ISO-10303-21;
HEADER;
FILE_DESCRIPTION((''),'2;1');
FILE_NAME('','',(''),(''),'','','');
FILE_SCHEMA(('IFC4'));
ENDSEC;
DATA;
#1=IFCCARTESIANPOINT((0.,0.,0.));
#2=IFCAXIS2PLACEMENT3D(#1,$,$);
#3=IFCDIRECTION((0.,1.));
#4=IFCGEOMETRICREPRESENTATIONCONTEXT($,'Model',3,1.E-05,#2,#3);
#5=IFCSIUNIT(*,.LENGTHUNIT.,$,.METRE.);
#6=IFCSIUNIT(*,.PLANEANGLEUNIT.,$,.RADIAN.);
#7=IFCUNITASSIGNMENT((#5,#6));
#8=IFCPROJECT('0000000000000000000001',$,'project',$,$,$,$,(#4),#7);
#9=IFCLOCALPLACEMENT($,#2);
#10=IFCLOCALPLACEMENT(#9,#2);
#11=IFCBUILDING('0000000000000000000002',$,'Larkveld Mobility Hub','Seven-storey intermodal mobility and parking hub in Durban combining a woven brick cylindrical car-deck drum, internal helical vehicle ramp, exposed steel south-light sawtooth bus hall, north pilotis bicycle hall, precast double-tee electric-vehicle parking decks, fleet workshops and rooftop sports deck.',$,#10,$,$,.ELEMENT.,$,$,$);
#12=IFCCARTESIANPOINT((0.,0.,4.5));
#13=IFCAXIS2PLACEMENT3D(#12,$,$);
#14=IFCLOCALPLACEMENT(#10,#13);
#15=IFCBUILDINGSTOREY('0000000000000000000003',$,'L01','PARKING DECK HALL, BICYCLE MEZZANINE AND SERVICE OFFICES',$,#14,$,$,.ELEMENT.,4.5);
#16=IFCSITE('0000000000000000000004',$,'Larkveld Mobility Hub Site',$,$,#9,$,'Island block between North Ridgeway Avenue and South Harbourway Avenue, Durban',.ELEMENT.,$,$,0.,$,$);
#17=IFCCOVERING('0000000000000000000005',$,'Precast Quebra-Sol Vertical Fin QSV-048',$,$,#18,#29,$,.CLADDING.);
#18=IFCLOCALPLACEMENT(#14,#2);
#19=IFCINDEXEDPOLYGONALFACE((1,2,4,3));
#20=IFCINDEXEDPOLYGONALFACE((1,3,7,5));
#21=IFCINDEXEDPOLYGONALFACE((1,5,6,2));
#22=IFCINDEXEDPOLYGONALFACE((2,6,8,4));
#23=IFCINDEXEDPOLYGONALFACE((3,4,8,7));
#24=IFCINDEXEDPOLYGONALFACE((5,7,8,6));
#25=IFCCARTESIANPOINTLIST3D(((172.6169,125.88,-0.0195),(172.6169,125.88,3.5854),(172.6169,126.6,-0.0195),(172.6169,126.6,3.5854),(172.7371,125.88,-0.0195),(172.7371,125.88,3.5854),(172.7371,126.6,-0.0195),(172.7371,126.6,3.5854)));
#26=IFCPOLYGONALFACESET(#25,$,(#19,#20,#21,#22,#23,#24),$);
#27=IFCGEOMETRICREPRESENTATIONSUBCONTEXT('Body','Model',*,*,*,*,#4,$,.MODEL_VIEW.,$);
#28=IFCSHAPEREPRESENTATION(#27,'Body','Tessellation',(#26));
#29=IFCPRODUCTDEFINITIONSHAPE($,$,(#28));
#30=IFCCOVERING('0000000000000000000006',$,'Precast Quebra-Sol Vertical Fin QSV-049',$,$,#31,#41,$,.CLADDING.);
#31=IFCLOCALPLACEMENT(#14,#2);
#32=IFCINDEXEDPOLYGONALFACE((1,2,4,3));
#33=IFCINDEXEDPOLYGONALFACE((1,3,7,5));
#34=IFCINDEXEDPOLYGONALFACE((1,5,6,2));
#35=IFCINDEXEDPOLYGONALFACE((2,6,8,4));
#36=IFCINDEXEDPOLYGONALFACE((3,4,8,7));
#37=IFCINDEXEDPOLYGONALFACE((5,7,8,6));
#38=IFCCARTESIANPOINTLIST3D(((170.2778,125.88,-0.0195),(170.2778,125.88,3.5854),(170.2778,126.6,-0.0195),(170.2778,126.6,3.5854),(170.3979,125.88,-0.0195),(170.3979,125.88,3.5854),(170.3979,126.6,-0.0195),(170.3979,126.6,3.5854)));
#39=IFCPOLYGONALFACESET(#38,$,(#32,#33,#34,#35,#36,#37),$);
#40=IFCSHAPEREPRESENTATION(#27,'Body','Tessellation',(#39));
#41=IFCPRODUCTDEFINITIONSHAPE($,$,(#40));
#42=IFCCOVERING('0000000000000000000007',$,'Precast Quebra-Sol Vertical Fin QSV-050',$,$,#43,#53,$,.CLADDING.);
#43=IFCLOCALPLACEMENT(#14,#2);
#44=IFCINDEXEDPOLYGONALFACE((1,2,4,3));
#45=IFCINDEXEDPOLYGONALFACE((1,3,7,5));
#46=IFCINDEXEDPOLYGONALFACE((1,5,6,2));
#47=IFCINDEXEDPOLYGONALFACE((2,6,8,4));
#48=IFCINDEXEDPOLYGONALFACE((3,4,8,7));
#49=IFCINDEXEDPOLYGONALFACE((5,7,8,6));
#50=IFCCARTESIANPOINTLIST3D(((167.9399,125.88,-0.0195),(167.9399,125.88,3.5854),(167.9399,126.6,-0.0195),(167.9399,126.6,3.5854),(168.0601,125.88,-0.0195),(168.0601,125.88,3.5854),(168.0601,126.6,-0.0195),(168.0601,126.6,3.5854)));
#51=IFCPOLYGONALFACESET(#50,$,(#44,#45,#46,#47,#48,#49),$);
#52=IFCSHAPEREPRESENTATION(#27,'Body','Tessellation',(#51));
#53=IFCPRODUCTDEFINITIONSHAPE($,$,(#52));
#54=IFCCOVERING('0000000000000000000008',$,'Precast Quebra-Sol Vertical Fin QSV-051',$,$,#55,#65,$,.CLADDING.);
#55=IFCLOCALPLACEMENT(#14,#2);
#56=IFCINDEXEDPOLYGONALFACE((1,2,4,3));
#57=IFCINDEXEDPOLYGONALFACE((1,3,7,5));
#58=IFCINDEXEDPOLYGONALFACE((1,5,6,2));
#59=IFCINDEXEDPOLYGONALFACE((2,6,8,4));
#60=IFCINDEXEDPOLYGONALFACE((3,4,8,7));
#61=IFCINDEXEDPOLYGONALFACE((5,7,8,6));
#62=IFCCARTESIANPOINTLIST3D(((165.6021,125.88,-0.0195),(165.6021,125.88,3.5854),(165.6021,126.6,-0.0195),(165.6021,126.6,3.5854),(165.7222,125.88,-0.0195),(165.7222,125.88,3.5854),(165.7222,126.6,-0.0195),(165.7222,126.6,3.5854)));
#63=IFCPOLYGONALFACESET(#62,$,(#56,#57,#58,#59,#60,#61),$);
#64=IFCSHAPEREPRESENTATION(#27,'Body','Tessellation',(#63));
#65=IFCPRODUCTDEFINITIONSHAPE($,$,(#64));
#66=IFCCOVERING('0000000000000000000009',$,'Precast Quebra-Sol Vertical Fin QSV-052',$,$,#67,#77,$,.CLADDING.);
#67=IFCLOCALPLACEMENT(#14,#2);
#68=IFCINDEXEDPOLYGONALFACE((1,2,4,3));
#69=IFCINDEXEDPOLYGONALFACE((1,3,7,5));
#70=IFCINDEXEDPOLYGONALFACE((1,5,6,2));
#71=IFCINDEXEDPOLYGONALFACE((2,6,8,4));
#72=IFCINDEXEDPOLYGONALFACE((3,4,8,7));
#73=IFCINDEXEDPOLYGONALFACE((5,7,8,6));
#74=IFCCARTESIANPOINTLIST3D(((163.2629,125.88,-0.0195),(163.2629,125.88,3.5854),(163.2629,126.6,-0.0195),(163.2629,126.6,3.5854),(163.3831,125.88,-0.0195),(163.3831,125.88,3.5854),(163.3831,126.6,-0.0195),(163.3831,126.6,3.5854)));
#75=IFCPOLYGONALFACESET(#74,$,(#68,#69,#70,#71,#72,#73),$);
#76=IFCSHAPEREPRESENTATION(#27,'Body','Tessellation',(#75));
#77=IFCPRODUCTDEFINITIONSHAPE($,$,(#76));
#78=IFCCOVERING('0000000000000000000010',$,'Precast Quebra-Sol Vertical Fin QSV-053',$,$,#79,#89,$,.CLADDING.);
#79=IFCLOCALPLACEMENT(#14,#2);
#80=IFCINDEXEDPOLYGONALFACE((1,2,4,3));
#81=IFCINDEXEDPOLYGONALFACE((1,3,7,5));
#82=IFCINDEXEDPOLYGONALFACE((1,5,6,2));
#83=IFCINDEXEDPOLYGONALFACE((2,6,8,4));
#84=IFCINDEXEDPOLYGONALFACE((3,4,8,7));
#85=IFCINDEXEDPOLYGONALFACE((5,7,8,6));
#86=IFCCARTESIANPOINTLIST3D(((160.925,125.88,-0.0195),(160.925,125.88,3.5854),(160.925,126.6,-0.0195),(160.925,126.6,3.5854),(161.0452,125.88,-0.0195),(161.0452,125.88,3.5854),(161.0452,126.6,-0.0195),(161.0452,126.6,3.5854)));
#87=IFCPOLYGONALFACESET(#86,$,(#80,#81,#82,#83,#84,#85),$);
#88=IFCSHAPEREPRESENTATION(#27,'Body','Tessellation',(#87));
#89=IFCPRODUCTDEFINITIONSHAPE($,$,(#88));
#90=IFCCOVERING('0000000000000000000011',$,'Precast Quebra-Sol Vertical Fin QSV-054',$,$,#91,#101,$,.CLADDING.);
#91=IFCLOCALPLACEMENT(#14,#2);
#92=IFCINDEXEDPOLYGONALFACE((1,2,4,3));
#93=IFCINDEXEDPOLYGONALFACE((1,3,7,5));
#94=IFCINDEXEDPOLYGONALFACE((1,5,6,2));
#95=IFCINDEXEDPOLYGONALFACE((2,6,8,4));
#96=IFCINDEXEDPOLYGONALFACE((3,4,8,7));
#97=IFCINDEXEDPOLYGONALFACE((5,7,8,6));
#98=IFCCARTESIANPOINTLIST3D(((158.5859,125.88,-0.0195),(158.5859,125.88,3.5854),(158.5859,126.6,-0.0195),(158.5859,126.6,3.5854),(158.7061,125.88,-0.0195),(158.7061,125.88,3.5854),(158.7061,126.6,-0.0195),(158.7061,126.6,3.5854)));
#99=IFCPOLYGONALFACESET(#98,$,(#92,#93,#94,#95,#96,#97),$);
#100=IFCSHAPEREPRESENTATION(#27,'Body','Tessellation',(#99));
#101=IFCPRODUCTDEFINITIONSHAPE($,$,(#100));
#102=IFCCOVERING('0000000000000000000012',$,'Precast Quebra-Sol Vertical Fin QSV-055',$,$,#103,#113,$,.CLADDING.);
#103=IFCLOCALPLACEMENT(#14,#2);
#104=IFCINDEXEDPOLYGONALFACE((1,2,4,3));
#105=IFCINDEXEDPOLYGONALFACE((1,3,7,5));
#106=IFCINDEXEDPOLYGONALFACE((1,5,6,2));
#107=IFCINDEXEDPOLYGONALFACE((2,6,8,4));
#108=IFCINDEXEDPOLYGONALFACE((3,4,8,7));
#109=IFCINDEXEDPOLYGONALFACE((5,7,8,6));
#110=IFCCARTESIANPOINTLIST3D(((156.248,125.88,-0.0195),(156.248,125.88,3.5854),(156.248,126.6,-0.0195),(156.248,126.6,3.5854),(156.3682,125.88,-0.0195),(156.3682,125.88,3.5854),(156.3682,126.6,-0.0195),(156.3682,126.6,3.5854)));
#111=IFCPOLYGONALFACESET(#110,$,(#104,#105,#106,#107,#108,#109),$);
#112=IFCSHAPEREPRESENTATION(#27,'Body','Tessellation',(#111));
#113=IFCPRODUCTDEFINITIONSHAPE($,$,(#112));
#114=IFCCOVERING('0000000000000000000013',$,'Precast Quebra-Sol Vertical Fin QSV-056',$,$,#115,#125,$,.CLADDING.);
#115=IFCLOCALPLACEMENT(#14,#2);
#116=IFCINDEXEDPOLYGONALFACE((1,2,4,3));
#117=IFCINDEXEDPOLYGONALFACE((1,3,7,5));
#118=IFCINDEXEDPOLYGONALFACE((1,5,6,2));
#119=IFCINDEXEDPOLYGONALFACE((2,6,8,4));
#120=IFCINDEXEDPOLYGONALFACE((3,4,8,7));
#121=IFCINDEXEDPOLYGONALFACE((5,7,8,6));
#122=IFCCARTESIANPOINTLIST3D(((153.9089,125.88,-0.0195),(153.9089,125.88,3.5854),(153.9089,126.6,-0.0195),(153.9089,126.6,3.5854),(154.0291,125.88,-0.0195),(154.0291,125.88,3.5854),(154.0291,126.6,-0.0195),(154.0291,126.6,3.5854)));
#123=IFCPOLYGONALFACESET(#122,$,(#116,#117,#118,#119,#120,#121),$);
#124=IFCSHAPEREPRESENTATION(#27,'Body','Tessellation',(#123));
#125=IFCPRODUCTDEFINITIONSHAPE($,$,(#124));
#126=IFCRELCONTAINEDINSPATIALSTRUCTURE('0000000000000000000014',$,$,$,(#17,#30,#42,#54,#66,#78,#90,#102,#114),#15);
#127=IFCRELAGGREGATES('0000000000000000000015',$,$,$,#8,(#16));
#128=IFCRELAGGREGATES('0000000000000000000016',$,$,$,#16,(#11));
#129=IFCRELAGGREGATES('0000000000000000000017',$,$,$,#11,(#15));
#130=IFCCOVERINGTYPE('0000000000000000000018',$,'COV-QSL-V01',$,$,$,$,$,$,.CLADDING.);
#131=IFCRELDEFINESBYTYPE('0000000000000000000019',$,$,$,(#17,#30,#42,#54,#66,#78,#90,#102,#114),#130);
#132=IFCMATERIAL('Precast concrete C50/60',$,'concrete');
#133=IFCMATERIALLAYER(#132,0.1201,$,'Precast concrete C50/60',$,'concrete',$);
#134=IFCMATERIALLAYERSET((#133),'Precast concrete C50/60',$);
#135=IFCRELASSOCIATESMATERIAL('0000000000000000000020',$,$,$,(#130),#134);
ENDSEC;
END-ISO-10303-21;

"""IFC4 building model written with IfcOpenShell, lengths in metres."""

from ifc_helpers import new_model, si_unit, direction, frame, origin, origin_2d, place, context, subcontext, project, spatial, rectangle, extrude, material, layer, layer_set, type_object, element, save


model = new_model("IFC4")

# Units and contexts
model_context = context("Model", 3, precision=1e-05, world=origin(), true_north=direction((0.0, 1.0)))
body_context = subcontext(model_context, "Body", "Model", "MODEL_VIEW")
ifc_project = project(units=[si_unit("LENGTHUNIT", "METRE"), si_unit("PLANEANGLEUNIT", "RADIAN")], contexts=[model_context])

# Site, building, storey
site_placement = place(None, origin())
site = spatial("IfcSite", under=ifc_project, at=site_placement, Name="Larkveld Mobility Hub Site", LongName="Island block between North Ridgeway Avenue and South Harbourway Avenue, Durban", CompositionType="ELEMENT", RefElevation=0.0)
building_placement = place(site_placement, origin())
building = spatial("IfcBuilding", under=site, at=building_placement, Name="Larkveld Mobility Hub", Description="Seven-storey intermodal mobility and parking hub in Durban combining a woven brick cylindrical car-deck drum, internal helical vehicle ramp, exposed steel south-light sawtooth bus hall, north pilotis bicycle hall, precast double-tee electric-vehicle parking decks, fleet workshops and rooftop sports deck.", CompositionType="ELEMENT")
storey_placement = place(building_placement, frame((0.0, 0.0, 4.5)))
storey = spatial("IfcBuildingStorey", under=building, at=storey_placement, Name="L01", Description="PARKING DECK HALL, BICYCLE MEZZANINE AND SERVICE OFFICES", CompositionType="ELEMENT", Elevation=4.5)

# Coverings
ifc_material_1 = material(Name="Precast concrete C50/60", Category="concrete")
ifc_layer_1 = layer(ifc_material_1, 0.1201, Name="Precast concrete C50/60", Category="concrete")
ifc_layer_set_1 = layer_set([ifc_layer_1], Name="Precast concrete C50/60")
covering_type_1 = type_object("IfcCoveringType", Name="COV-QSL-V01", PredefinedType="CLADDING", material=ifc_layer_set_1)
for number, where, z_axis, x_axis, name in (
    (1, (172.677, 126.24, -0.0195), (0.0, 0.0, 1.0), (-1.0, 0.0, 0.0), "Precast Quebra-Sol Vertical Fin QSV-048"),
    (2, (170.3379, 126.24, -0.0195), (0.0, 0.0, 1.0), (-1.0, 0.0, 0.0), "Precast Quebra-Sol Vertical Fin QSV-049"),
    (3, (168.0, 126.24, -0.0195), (0.0, 0.0, 1.0), (-1.0, 0.0, 0.0), "Precast Quebra-Sol Vertical Fin QSV-050"),
    (4, (165.6621, 126.24, -0.0195), (0.0, 0.0, 1.0), (-1.0, 0.0, 0.0), "Precast Quebra-Sol Vertical Fin QSV-051"),
    (5, (163.323, 126.24, -0.0195), (0.0, 0.0, 1.0), (-1.0, 0.0, 0.0), "Precast Quebra-Sol Vertical Fin QSV-052"),
    (6, (160.9851, 126.24, -0.0195), (0.0, 0.0, 1.0), (-1.0, 0.0, 0.0), "Precast Quebra-Sol Vertical Fin QSV-053"),
    (7, (158.646, 126.24, -0.0195), (0.0, 0.0, 1.0), (-1.0, 0.0, 0.0), "Precast Quebra-Sol Vertical Fin QSV-054"),
    (8, (156.3081, 126.24, -0.0195), (0.0, 0.0, 1.0), (-1.0, 0.0, 0.0), "Precast Quebra-Sol Vertical Fin QSV-055"),
    (9, (153.969, 126.24, -0.0195), (0.0, 0.0, 1.0), (-1.0, 0.0, 0.0), "Precast Quebra-Sol Vertical Fin QSV-056"),
):
    element("IfcCovering", number, at=place(storey_placement, frame(where, z_axis=z_axis, x_axis=x_axis)), inside=storey, type_object=covering_type_1, Name=name, PredefinedType="CLADDING", context=body_context, shape_type="SweptSolid", body=[
        extrude(rectangle(XDim=0.1201, YDim=0.72, at=origin_2d()), origin(), (0.0, 0.0, 1.0), 3.605),
    ])

save(model, "model.ifc")
